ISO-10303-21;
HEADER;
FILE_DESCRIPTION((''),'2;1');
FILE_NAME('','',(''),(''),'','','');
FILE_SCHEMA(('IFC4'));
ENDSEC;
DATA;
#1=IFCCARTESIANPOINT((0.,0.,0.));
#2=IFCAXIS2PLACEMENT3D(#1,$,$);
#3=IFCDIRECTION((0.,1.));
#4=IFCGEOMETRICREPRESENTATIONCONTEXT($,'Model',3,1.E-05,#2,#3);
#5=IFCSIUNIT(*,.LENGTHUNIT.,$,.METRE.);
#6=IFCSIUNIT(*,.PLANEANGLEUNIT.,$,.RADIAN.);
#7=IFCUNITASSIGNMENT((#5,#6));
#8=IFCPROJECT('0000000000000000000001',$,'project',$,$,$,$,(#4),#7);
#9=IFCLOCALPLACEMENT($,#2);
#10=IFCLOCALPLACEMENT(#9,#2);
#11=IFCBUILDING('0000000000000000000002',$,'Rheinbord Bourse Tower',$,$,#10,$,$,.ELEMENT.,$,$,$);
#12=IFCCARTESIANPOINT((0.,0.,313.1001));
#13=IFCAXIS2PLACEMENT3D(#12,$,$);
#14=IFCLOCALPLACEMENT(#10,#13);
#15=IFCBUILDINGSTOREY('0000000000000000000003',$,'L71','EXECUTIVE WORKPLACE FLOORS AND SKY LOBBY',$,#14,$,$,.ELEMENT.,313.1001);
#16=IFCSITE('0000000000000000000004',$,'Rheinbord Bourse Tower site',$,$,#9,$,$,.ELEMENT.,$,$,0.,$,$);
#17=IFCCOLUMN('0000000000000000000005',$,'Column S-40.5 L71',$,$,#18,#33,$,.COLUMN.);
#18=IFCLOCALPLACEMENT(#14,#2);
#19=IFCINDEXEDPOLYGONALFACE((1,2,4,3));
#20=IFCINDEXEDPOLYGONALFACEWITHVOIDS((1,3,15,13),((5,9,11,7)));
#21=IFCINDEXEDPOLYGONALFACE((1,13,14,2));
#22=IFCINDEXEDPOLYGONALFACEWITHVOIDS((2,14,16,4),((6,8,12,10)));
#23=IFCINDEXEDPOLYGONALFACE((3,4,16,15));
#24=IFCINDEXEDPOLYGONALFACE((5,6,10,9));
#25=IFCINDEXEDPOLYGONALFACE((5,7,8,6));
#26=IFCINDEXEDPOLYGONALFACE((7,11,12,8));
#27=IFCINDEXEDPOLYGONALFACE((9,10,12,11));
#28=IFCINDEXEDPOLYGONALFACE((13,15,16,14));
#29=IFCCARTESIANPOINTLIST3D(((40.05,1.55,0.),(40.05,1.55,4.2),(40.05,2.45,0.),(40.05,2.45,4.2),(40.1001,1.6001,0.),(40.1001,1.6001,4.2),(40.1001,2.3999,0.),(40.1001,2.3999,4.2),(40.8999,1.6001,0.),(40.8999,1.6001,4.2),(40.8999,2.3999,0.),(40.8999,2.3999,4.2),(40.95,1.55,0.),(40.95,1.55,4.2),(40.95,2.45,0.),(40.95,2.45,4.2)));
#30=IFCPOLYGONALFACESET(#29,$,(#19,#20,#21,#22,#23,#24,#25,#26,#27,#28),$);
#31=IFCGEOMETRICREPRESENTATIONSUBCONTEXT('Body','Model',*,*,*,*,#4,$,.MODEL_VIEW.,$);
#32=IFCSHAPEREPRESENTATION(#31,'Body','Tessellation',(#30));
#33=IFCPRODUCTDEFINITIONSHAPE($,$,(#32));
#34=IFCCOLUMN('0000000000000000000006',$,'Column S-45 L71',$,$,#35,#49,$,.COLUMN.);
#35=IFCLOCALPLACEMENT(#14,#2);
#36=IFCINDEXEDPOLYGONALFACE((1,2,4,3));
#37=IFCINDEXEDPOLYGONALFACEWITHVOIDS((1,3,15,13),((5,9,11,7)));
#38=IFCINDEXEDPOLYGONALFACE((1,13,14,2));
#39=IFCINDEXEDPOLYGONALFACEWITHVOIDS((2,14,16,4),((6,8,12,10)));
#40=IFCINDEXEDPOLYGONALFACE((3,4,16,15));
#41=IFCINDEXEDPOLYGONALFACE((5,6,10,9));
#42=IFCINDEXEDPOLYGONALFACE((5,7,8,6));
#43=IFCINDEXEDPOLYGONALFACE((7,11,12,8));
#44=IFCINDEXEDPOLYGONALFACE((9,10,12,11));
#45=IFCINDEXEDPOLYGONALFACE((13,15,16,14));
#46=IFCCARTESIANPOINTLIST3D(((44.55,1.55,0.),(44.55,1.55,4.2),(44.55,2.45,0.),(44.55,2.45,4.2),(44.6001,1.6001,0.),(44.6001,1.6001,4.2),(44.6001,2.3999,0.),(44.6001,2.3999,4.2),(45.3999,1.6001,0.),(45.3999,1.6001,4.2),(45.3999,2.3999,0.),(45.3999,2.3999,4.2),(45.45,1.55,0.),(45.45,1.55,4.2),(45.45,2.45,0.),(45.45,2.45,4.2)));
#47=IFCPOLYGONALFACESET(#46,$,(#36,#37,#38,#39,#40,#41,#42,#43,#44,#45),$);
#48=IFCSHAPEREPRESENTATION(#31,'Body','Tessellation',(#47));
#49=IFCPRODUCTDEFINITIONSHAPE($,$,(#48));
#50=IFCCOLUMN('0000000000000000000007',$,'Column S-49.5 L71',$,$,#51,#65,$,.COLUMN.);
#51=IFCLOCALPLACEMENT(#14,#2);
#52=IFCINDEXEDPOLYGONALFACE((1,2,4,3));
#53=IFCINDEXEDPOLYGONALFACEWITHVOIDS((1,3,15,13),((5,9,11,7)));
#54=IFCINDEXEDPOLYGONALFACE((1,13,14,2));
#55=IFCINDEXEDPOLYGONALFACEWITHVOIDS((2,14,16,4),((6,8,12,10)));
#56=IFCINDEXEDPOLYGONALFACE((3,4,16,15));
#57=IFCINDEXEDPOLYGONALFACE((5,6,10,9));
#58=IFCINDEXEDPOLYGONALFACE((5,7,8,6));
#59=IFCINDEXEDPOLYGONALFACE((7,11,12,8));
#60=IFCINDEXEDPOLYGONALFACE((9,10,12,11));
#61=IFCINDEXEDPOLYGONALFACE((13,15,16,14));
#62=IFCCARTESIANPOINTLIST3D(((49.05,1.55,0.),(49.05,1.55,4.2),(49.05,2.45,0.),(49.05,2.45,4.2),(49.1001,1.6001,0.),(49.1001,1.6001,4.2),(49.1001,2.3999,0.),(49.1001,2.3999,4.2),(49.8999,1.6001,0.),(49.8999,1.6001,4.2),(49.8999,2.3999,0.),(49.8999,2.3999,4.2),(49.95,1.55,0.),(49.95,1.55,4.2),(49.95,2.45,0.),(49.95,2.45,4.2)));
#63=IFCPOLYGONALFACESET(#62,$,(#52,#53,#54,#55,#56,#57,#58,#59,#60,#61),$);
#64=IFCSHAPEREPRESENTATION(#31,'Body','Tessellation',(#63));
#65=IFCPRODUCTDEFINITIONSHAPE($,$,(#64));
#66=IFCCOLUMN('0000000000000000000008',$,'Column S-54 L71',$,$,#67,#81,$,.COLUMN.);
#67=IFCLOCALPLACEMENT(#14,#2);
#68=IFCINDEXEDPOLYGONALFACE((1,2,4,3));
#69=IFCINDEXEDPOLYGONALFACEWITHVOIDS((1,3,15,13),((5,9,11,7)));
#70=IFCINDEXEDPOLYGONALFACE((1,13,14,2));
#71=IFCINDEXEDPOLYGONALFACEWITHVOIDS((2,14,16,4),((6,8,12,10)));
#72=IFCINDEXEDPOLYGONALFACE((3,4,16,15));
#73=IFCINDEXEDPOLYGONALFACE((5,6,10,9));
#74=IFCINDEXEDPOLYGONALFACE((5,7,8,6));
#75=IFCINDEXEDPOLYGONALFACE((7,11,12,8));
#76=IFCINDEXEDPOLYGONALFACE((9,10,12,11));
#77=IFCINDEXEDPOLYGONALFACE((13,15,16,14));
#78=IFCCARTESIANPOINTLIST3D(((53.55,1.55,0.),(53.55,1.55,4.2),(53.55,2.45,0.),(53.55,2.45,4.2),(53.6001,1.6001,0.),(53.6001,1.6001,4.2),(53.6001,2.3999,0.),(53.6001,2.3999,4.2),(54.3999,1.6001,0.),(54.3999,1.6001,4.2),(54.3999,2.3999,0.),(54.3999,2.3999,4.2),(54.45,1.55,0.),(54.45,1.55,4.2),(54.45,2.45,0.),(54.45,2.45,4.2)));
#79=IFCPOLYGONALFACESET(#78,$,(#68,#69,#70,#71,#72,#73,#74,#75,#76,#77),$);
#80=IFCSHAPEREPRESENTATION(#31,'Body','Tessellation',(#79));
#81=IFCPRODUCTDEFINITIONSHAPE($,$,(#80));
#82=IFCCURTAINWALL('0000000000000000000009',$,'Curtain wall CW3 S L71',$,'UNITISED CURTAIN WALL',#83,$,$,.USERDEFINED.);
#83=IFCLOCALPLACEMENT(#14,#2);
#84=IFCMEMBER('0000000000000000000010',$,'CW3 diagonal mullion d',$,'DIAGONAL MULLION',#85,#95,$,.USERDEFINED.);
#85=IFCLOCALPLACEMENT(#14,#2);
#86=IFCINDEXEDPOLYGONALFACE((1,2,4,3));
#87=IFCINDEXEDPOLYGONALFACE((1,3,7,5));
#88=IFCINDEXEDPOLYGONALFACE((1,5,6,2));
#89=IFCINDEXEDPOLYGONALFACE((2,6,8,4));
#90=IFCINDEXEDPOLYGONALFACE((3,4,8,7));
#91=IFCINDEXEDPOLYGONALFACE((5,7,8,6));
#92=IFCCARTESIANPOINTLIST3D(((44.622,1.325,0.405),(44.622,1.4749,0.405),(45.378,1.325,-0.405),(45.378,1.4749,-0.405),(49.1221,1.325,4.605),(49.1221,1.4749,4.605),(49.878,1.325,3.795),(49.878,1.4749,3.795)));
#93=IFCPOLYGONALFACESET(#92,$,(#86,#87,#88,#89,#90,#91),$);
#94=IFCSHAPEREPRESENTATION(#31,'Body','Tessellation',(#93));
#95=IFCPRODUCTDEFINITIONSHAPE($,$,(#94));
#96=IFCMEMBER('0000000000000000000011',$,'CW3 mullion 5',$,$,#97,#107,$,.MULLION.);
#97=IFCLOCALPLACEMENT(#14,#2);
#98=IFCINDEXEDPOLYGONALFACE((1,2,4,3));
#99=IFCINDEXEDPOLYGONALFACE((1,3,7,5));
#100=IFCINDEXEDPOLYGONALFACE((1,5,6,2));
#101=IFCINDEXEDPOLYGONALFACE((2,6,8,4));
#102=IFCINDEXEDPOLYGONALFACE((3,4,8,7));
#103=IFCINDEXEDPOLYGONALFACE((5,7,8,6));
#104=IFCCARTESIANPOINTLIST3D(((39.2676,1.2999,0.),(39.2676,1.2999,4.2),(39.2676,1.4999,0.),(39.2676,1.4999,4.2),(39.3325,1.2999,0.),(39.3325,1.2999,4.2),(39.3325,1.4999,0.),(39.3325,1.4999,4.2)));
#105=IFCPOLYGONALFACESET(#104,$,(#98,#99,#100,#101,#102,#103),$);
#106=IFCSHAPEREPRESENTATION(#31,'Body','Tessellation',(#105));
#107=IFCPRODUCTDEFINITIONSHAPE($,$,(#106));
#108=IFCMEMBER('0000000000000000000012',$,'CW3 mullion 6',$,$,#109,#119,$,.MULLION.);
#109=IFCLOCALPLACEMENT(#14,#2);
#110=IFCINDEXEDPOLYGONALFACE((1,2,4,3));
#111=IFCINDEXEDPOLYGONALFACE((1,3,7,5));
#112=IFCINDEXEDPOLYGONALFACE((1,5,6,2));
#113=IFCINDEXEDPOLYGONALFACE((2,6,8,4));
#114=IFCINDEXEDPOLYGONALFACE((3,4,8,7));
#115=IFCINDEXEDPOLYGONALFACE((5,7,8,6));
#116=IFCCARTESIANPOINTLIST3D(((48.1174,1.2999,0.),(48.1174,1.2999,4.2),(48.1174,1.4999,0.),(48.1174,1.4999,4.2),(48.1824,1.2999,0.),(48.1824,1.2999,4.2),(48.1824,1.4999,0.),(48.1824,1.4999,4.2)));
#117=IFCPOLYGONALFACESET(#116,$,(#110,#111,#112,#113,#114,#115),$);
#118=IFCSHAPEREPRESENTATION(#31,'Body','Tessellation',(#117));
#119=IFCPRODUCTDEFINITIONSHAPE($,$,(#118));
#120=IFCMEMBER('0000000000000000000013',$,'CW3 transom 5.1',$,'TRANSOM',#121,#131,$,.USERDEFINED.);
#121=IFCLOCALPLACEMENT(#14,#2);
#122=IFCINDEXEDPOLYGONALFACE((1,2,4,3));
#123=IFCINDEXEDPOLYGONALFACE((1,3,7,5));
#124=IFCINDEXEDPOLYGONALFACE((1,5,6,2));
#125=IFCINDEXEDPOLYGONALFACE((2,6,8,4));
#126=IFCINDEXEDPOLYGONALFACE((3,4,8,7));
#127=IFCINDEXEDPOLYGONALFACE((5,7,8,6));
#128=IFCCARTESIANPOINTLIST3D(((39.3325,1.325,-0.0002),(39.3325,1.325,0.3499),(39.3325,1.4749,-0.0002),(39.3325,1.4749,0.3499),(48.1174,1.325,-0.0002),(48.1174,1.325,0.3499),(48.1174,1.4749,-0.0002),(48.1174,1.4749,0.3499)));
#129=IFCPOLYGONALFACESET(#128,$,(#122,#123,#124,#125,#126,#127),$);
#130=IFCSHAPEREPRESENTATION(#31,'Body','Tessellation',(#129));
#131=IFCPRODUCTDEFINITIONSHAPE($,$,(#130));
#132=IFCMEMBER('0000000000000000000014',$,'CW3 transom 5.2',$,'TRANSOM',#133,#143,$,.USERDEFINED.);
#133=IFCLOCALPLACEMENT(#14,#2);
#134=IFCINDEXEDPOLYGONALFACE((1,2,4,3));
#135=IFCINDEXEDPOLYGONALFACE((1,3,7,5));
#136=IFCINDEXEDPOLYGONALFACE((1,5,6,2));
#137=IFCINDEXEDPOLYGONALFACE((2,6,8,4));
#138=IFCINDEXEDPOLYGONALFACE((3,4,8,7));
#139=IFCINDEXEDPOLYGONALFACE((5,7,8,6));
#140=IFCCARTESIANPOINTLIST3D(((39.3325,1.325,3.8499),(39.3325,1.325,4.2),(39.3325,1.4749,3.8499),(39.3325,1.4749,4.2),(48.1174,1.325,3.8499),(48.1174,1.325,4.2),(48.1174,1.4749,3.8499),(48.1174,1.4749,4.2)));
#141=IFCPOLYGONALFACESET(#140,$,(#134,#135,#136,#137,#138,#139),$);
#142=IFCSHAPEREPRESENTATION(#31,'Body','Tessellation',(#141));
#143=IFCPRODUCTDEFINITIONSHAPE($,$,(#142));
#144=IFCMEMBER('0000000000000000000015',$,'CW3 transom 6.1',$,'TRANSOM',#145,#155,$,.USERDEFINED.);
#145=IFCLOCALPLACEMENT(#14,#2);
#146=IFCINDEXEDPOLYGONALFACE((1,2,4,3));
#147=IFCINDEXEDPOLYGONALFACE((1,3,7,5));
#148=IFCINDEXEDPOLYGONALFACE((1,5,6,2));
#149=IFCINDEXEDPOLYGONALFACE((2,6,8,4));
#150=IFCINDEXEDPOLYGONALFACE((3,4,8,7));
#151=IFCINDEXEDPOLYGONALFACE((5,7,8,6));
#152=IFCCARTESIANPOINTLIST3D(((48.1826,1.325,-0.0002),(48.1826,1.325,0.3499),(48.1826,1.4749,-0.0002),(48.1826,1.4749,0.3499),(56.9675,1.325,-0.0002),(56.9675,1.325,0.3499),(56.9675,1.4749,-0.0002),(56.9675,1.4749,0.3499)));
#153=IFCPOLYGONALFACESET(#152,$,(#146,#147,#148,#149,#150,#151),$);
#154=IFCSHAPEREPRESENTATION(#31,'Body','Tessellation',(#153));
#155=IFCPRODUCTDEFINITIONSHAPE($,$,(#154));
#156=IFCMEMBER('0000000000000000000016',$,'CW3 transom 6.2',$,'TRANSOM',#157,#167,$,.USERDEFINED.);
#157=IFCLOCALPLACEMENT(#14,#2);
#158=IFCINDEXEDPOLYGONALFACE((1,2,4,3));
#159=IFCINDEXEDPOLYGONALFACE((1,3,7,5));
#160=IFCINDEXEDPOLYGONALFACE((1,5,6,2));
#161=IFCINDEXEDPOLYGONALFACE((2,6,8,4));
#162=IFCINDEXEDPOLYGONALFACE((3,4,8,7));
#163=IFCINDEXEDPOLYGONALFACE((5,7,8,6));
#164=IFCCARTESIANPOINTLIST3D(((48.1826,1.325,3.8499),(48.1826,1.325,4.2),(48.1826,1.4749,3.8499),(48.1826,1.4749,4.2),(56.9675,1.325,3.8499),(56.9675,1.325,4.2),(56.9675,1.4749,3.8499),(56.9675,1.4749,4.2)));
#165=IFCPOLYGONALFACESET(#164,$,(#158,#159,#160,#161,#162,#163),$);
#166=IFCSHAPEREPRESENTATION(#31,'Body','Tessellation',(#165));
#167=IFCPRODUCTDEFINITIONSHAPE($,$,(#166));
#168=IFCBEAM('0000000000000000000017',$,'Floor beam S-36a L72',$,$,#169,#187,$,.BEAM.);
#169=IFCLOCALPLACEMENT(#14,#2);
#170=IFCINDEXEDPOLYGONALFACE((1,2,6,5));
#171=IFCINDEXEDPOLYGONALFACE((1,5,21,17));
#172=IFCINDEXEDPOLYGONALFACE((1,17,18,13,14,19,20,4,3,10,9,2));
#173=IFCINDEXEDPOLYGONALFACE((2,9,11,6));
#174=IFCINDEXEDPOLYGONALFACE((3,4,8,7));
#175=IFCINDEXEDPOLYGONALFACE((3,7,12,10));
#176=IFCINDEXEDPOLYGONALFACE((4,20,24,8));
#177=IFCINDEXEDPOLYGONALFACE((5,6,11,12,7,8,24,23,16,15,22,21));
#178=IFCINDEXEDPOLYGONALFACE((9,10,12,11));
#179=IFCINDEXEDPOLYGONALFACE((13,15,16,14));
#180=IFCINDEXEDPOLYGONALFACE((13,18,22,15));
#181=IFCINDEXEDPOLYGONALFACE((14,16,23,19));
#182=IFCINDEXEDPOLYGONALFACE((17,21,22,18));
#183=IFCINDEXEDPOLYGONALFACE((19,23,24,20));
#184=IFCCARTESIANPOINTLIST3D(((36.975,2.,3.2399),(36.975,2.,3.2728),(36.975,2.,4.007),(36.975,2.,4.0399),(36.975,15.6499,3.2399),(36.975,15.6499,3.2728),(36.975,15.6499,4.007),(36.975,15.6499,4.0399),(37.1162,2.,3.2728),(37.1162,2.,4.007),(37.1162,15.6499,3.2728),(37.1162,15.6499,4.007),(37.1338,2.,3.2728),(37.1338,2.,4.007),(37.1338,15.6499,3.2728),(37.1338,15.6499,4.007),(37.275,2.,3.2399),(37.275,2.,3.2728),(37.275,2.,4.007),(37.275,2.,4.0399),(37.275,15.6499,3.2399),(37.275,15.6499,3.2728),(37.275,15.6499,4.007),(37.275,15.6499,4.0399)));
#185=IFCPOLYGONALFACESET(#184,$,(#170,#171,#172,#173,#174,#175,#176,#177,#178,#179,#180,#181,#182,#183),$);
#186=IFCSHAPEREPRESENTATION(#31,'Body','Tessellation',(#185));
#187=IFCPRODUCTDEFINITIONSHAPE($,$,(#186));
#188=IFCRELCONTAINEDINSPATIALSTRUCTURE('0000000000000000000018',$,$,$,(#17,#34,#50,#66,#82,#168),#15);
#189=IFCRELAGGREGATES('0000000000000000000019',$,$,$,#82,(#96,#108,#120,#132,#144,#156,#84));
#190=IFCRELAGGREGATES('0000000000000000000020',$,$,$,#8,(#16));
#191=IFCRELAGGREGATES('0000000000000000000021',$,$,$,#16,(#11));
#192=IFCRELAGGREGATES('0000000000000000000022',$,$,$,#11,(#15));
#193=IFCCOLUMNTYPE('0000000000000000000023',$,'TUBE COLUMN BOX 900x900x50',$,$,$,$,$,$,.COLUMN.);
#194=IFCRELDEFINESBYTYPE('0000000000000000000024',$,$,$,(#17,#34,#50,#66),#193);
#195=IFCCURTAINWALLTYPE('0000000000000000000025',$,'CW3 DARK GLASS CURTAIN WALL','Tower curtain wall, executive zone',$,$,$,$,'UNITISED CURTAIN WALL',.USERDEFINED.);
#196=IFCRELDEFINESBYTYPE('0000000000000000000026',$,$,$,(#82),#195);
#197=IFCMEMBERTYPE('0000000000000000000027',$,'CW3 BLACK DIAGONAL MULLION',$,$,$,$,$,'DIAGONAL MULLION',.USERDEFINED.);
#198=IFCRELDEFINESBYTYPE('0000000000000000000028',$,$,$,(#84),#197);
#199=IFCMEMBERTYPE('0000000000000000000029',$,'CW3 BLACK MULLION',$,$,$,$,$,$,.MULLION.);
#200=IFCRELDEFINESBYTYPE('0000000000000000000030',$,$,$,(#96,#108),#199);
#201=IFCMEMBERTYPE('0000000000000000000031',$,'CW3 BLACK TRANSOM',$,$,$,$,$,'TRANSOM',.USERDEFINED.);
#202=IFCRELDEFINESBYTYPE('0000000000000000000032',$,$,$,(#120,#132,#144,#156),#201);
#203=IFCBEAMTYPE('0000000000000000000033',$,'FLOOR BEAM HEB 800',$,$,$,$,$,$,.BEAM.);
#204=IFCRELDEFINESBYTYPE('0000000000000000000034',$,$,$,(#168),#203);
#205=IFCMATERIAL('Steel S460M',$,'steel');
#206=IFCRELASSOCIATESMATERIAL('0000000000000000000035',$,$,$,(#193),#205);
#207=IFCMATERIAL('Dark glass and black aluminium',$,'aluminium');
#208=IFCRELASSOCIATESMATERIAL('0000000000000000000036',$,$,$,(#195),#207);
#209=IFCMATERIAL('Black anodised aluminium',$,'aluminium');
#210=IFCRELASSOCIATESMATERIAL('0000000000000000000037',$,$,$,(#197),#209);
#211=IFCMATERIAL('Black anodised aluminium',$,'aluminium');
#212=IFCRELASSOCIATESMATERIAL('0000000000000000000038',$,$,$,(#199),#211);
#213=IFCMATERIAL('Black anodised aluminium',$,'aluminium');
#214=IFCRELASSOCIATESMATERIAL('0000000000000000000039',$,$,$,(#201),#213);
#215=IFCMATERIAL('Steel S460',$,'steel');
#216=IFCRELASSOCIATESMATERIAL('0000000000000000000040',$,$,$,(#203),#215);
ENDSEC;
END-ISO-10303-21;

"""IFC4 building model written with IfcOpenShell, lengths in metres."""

from ifc_helpers import new_model, si_unit, direction, frame, origin, origin_2d, place, context, subcontext, project, spatial, rectangle, hollow_rectangle, i_section, extrude, material, material_profile, profile_set, type_object, element, aggregate, save


model = new_model("IFC4")

# Units and contexts
model_context = context("Model", 3, precision=1e-05, world=origin(), true_north=direction((0.0, 1.0)))
body_context = subcontext(model_context, "Body", "Model", "MODEL_VIEW")
ifc_project = project(units=[si_unit("LENGTHUNIT", "METRE"), si_unit("PLANEANGLEUNIT", "RADIAN")], contexts=[model_context])

# Site, building, storey
site_placement = place(None, origin())
site = spatial("IfcSite", under=ifc_project, at=site_placement, Name="Rheinbord Bourse Tower site", CompositionType="ELEMENT", RefElevation=0.0)
building_placement = place(site_placement, origin())
building = spatial("IfcBuilding", under=site, at=building_placement, Name="Rheinbord Bourse Tower", CompositionType="ELEMENT")
storey_placement = place(building_placement, frame((0.0, 0.0, 313.1001)))
storey = spatial("IfcBuildingStorey", under=building, at=storey_placement, Name="L71", Description="EXECUTIVE WORKPLACE FLOORS AND SKY LOBBY", CompositionType="ELEMENT", Elevation=313.1001)

# Columns
ifc_material_1 = material(Name="Steel S460M", Category="steel")
ifc_material_profile_1 = material_profile(ifc_material_1, hollow_rectangle(XDim=0.8999, YDim=0.8999, WallThickness=0.05, at=origin_2d()), Name="BOX 900x900x50")
ifc_profile_set_1 = profile_set([ifc_material_profile_1], Name="Steel S460M")
column_type = type_object("IfcColumnType", Name="TUBE COLUMN BOX 900x900x50", PredefinedType="COLUMN", material=ifc_profile_set_1)
for number, where, z_axis, x_axis, name in (
    (1, (40.5, 2.0, 0.0), (0.0, 0.0, 1.0), (0.0, 1.0, 0.0), "Column S-40.5 L71"),
    (2, (45.0, 2.0, 0.0), (0.0, 0.0, 1.0), (0.0, 1.0, 0.0), "Column S-45 L71"),
    (3, (49.5, 2.0, 0.0), (0.0, 0.0, 1.0), (0.0, 1.0, 0.0), "Column S-49.5 L71"),
    (4, (54.0, 2.0, 0.0), (0.0, 0.0, 1.0), (0.0, 1.0, 0.0), "Column S-54 L71"),
):
    element("IfcColumn", number, at=place(storey_placement, frame(where, z_axis=z_axis, x_axis=x_axis)), inside=storey, type_object=column_type, Name=name, PredefinedType="COLUMN", context=body_context, shape_type="SweptSolid", body=[
        extrude(hollow_rectangle(XDim=0.8999, YDim=0.8999, WallThickness=0.05, at=origin_2d()), origin(), (0.0, 0.0, 1.0), 4.2),
    ])

# Curtain wall, members
ifc_material_2 = material(Name="Dark glass and black aluminium", Category="aluminium")
curtain_wall_type = type_object("IfcCurtainWallType", Name="CW3 DARK GLASS CURTAIN WALL", Description="Tower curtain wall, executive zone", ElementType="UNITISED CURTAIN WALL", PredefinedType="USERDEFINED", material=ifc_material_2)
curtain_wall_placement = place(storey_placement, origin())
curtain_wall = element("IfcCurtainWall", 5, at=curtain_wall_placement, inside=storey, type_object=curtain_wall_type, Name="Curtain wall CW3 S L71", ObjectType="UNITISED CURTAIN WALL", PredefinedType="USERDEFINED")
ifc_material_3 = material(Name="Black anodised aluminium", Category="aluminium")
ifc_material_profile_2 = material_profile(ifc_material_3, rectangle(XDim=0.1499, YDim=1.1079, at=origin_2d()), Name="CW3 DIAGONAL MULLION 1108x150")
ifc_profile_set_2 = profile_set([ifc_material_profile_2], Name="Black anodised aluminium")
member_type_1 = type_object("IfcMemberType", Name="CW3 BLACK DIAGONAL MULLION", ElementType="DIAGONAL MULLION", PredefinedType="USERDEFINED", material=ifc_profile_set_2)
member_1_placement = place(storey_placement, frame((45.0, 1.3999, 0.0), z_axis=(0.731059, 0.0, 0.682314), x_axis=(0.0, 1.0, 0.0)))
member_1 = element("IfcMember", 6, at=member_1_placement, type_object=member_type_1, Name="CW3 diagonal mullion d", ObjectType="DIAGONAL MULLION", PredefinedType="USERDEFINED", context=body_context, shape_type="SweptSolid", body=[
    extrude(rectangle(XDim=0.1499, YDim=1.1079, at=origin_2d()), origin(), (0.0, 0.0, 1.0), 6.1555),
])
ifc_material_4 = material(Name="Black anodised aluminium", Category="aluminium")
ifc_material_profile_3 = material_profile(ifc_material_4, rectangle(XDim=0.2, YDim=0.0649, at=origin_2d()), Name="CW3 MULLION 65x200")
ifc_profile_set_3 = profile_set([ifc_material_profile_3], Name="Black anodised aluminium")
member_type_2 = type_object("IfcMemberType", Name="CW3 BLACK MULLION", PredefinedType="MULLION", material=ifc_profile_set_3)
member_2_placement = place(storey_placement, frame((39.3, 1.3999, 0.0), z_axis=(0.0, 0.0, 1.0), x_axis=(0.0, 1.0, 0.0)))
member_2 = element("IfcMember", 7, at=member_2_placement, type_object=member_type_2, Name="CW3 mullion 5", PredefinedType="MULLION", context=body_context, shape_type="SweptSolid", body=[
    extrude(rectangle(XDim=0.2, YDim=0.0649, at=origin_2d()), origin(), (0.0, 0.0, 1.0), 4.2),
])
member_3_placement = place(storey_placement, frame((48.1499, 1.3999, 0.0), z_axis=(0.0, 0.0, 1.0), x_axis=(0.0, 1.0, 0.0)))
member_3 = element("IfcMember", 8, at=member_3_placement, type_object=member_type_2, Name="CW3 mullion 6", PredefinedType="MULLION", context=body_context, shape_type="SweptSolid", body=[
    extrude(rectangle(XDim=0.2, YDim=0.0649, at=origin_2d()), origin(), (0.0, 0.0, 1.0), 4.2),
])
ifc_material_5 = material(Name="Black anodised aluminium", Category="aluminium")
ifc_material_profile_4 = material_profile(ifc_material_5, rectangle(XDim=0.1499, YDim=0.3501, at=origin_2d()), Name="CW3 TRANSOM 350x150")
ifc_profile_set_4 = profile_set([ifc_material_profile_4], Name="Black anodised aluminium")
member_type_3 = type_object("IfcMemberType", Name="CW3 BLACK TRANSOM", ElementType="TRANSOM", PredefinedType="USERDEFINED", material=ifc_profile_set_4)
member_4_placement = place(storey_placement, frame((39.3325, 1.3999, 0.1748), z_axis=(1.0, 0.0, 0.0), x_axis=(0.0, 1.0, 0.0)))
member_4 = element("IfcMember", 9, at=member_4_placement, type_object=member_type_3, Name="CW3 transom 5.1", ObjectType="TRANSOM", PredefinedType="USERDEFINED", context=body_context, shape_type="SweptSolid", body=[
    extrude(rectangle(XDim=0.1499, YDim=0.3501, at=origin_2d()), origin(), (0.0, 0.0, 1.0), 8.7849),
])
member_5_placement = place(storey_placement, frame((39.3325, 1.3999, 4.0249), z_axis=(1.0, 0.0, 0.0), x_axis=(0.0, 1.0, 0.0)))
member_5 = element("IfcMember", 10, at=member_5_placement, type_object=member_type_3, Name="CW3 transom 5.2", ObjectType="TRANSOM", PredefinedType="USERDEFINED", context=body_context, shape_type="SweptSolid", body=[
    extrude(rectangle(XDim=0.1499, YDim=0.3501, at=origin_2d()), origin(), (0.0, 0.0, 1.0), 8.7849),
])
member_6_placement = place(storey_placement, frame((48.1826, 1.3999, 0.1748), z_axis=(1.0, 0.0, 0.0), x_axis=(0.0, 1.0, 0.0)))
member_6 = element("IfcMember", 11, at=member_6_placement, type_object=member_type_3, Name="CW3 transom 6.1", ObjectType="TRANSOM", PredefinedType="USERDEFINED", context=body_context, shape_type="SweptSolid", body=[
    extrude(rectangle(XDim=0.1499, YDim=0.3501, at=origin_2d()), origin(), (0.0, 0.0, 1.0), 8.7849),
])
member_7_placement = place(storey_placement, frame((48.1826, 1.3999, 4.0249), z_axis=(1.0, 0.0, 0.0), x_axis=(0.0, 1.0, 0.0)))
member_7 = element("IfcMember", 12, at=member_7_placement, type_object=member_type_3, Name="CW3 transom 6.2", ObjectType="TRANSOM", PredefinedType="USERDEFINED", context=body_context, shape_type="SweptSolid", body=[
    extrude(rectangle(XDim=0.1499, YDim=0.3501, at=origin_2d()), origin(), (0.0, 0.0, 1.0), 8.7849),
])

# Beam
ifc_material_6 = material(Name="Steel S460", Category="steel")
ifc_material_profile_5 = material_profile(ifc_material_6, i_section(OverallWidth=0.3, OverallDepth=0.8, WebThickness=0.0176, FlangeThickness=0.033, at=origin_2d()), Name="HEB 800")
ifc_profile_set_5 = profile_set([ifc_material_profile_5], Name="Steel S460")
beam_type_1 = type_object("IfcBeamType", Name="FLOOR BEAM HEB 800", PredefinedType="BEAM", material=ifc_profile_set_5)
for number, where, z_axis, x_axis, name in (
    (13, (37.125, 2.0, 3.6399), (0.0, 1.0, 0.0), (-1.0, 0.0, 0.0), "Floor beam S-36a L72"),
):
    element("IfcBeam", number, at=place(storey_placement, frame(where, z_axis=z_axis, x_axis=x_axis)), inside=storey, type_object=beam_type_1, Name=name, PredefinedType="BEAM", context=body_context, shape_type="SweptSolid", body=[
        extrude(i_section(OverallWidth=0.3, OverallDepth=0.8, WebThickness=0.0176, FlangeThickness=0.033, at=origin_2d()), origin(), (0.0, 0.0, 1.0), 13.6499),
    ])

aggregate(curtain_wall, [member_2, member_3, member_4, member_5, member_6, member_7, member_1])

save(model, "model.ifc")
